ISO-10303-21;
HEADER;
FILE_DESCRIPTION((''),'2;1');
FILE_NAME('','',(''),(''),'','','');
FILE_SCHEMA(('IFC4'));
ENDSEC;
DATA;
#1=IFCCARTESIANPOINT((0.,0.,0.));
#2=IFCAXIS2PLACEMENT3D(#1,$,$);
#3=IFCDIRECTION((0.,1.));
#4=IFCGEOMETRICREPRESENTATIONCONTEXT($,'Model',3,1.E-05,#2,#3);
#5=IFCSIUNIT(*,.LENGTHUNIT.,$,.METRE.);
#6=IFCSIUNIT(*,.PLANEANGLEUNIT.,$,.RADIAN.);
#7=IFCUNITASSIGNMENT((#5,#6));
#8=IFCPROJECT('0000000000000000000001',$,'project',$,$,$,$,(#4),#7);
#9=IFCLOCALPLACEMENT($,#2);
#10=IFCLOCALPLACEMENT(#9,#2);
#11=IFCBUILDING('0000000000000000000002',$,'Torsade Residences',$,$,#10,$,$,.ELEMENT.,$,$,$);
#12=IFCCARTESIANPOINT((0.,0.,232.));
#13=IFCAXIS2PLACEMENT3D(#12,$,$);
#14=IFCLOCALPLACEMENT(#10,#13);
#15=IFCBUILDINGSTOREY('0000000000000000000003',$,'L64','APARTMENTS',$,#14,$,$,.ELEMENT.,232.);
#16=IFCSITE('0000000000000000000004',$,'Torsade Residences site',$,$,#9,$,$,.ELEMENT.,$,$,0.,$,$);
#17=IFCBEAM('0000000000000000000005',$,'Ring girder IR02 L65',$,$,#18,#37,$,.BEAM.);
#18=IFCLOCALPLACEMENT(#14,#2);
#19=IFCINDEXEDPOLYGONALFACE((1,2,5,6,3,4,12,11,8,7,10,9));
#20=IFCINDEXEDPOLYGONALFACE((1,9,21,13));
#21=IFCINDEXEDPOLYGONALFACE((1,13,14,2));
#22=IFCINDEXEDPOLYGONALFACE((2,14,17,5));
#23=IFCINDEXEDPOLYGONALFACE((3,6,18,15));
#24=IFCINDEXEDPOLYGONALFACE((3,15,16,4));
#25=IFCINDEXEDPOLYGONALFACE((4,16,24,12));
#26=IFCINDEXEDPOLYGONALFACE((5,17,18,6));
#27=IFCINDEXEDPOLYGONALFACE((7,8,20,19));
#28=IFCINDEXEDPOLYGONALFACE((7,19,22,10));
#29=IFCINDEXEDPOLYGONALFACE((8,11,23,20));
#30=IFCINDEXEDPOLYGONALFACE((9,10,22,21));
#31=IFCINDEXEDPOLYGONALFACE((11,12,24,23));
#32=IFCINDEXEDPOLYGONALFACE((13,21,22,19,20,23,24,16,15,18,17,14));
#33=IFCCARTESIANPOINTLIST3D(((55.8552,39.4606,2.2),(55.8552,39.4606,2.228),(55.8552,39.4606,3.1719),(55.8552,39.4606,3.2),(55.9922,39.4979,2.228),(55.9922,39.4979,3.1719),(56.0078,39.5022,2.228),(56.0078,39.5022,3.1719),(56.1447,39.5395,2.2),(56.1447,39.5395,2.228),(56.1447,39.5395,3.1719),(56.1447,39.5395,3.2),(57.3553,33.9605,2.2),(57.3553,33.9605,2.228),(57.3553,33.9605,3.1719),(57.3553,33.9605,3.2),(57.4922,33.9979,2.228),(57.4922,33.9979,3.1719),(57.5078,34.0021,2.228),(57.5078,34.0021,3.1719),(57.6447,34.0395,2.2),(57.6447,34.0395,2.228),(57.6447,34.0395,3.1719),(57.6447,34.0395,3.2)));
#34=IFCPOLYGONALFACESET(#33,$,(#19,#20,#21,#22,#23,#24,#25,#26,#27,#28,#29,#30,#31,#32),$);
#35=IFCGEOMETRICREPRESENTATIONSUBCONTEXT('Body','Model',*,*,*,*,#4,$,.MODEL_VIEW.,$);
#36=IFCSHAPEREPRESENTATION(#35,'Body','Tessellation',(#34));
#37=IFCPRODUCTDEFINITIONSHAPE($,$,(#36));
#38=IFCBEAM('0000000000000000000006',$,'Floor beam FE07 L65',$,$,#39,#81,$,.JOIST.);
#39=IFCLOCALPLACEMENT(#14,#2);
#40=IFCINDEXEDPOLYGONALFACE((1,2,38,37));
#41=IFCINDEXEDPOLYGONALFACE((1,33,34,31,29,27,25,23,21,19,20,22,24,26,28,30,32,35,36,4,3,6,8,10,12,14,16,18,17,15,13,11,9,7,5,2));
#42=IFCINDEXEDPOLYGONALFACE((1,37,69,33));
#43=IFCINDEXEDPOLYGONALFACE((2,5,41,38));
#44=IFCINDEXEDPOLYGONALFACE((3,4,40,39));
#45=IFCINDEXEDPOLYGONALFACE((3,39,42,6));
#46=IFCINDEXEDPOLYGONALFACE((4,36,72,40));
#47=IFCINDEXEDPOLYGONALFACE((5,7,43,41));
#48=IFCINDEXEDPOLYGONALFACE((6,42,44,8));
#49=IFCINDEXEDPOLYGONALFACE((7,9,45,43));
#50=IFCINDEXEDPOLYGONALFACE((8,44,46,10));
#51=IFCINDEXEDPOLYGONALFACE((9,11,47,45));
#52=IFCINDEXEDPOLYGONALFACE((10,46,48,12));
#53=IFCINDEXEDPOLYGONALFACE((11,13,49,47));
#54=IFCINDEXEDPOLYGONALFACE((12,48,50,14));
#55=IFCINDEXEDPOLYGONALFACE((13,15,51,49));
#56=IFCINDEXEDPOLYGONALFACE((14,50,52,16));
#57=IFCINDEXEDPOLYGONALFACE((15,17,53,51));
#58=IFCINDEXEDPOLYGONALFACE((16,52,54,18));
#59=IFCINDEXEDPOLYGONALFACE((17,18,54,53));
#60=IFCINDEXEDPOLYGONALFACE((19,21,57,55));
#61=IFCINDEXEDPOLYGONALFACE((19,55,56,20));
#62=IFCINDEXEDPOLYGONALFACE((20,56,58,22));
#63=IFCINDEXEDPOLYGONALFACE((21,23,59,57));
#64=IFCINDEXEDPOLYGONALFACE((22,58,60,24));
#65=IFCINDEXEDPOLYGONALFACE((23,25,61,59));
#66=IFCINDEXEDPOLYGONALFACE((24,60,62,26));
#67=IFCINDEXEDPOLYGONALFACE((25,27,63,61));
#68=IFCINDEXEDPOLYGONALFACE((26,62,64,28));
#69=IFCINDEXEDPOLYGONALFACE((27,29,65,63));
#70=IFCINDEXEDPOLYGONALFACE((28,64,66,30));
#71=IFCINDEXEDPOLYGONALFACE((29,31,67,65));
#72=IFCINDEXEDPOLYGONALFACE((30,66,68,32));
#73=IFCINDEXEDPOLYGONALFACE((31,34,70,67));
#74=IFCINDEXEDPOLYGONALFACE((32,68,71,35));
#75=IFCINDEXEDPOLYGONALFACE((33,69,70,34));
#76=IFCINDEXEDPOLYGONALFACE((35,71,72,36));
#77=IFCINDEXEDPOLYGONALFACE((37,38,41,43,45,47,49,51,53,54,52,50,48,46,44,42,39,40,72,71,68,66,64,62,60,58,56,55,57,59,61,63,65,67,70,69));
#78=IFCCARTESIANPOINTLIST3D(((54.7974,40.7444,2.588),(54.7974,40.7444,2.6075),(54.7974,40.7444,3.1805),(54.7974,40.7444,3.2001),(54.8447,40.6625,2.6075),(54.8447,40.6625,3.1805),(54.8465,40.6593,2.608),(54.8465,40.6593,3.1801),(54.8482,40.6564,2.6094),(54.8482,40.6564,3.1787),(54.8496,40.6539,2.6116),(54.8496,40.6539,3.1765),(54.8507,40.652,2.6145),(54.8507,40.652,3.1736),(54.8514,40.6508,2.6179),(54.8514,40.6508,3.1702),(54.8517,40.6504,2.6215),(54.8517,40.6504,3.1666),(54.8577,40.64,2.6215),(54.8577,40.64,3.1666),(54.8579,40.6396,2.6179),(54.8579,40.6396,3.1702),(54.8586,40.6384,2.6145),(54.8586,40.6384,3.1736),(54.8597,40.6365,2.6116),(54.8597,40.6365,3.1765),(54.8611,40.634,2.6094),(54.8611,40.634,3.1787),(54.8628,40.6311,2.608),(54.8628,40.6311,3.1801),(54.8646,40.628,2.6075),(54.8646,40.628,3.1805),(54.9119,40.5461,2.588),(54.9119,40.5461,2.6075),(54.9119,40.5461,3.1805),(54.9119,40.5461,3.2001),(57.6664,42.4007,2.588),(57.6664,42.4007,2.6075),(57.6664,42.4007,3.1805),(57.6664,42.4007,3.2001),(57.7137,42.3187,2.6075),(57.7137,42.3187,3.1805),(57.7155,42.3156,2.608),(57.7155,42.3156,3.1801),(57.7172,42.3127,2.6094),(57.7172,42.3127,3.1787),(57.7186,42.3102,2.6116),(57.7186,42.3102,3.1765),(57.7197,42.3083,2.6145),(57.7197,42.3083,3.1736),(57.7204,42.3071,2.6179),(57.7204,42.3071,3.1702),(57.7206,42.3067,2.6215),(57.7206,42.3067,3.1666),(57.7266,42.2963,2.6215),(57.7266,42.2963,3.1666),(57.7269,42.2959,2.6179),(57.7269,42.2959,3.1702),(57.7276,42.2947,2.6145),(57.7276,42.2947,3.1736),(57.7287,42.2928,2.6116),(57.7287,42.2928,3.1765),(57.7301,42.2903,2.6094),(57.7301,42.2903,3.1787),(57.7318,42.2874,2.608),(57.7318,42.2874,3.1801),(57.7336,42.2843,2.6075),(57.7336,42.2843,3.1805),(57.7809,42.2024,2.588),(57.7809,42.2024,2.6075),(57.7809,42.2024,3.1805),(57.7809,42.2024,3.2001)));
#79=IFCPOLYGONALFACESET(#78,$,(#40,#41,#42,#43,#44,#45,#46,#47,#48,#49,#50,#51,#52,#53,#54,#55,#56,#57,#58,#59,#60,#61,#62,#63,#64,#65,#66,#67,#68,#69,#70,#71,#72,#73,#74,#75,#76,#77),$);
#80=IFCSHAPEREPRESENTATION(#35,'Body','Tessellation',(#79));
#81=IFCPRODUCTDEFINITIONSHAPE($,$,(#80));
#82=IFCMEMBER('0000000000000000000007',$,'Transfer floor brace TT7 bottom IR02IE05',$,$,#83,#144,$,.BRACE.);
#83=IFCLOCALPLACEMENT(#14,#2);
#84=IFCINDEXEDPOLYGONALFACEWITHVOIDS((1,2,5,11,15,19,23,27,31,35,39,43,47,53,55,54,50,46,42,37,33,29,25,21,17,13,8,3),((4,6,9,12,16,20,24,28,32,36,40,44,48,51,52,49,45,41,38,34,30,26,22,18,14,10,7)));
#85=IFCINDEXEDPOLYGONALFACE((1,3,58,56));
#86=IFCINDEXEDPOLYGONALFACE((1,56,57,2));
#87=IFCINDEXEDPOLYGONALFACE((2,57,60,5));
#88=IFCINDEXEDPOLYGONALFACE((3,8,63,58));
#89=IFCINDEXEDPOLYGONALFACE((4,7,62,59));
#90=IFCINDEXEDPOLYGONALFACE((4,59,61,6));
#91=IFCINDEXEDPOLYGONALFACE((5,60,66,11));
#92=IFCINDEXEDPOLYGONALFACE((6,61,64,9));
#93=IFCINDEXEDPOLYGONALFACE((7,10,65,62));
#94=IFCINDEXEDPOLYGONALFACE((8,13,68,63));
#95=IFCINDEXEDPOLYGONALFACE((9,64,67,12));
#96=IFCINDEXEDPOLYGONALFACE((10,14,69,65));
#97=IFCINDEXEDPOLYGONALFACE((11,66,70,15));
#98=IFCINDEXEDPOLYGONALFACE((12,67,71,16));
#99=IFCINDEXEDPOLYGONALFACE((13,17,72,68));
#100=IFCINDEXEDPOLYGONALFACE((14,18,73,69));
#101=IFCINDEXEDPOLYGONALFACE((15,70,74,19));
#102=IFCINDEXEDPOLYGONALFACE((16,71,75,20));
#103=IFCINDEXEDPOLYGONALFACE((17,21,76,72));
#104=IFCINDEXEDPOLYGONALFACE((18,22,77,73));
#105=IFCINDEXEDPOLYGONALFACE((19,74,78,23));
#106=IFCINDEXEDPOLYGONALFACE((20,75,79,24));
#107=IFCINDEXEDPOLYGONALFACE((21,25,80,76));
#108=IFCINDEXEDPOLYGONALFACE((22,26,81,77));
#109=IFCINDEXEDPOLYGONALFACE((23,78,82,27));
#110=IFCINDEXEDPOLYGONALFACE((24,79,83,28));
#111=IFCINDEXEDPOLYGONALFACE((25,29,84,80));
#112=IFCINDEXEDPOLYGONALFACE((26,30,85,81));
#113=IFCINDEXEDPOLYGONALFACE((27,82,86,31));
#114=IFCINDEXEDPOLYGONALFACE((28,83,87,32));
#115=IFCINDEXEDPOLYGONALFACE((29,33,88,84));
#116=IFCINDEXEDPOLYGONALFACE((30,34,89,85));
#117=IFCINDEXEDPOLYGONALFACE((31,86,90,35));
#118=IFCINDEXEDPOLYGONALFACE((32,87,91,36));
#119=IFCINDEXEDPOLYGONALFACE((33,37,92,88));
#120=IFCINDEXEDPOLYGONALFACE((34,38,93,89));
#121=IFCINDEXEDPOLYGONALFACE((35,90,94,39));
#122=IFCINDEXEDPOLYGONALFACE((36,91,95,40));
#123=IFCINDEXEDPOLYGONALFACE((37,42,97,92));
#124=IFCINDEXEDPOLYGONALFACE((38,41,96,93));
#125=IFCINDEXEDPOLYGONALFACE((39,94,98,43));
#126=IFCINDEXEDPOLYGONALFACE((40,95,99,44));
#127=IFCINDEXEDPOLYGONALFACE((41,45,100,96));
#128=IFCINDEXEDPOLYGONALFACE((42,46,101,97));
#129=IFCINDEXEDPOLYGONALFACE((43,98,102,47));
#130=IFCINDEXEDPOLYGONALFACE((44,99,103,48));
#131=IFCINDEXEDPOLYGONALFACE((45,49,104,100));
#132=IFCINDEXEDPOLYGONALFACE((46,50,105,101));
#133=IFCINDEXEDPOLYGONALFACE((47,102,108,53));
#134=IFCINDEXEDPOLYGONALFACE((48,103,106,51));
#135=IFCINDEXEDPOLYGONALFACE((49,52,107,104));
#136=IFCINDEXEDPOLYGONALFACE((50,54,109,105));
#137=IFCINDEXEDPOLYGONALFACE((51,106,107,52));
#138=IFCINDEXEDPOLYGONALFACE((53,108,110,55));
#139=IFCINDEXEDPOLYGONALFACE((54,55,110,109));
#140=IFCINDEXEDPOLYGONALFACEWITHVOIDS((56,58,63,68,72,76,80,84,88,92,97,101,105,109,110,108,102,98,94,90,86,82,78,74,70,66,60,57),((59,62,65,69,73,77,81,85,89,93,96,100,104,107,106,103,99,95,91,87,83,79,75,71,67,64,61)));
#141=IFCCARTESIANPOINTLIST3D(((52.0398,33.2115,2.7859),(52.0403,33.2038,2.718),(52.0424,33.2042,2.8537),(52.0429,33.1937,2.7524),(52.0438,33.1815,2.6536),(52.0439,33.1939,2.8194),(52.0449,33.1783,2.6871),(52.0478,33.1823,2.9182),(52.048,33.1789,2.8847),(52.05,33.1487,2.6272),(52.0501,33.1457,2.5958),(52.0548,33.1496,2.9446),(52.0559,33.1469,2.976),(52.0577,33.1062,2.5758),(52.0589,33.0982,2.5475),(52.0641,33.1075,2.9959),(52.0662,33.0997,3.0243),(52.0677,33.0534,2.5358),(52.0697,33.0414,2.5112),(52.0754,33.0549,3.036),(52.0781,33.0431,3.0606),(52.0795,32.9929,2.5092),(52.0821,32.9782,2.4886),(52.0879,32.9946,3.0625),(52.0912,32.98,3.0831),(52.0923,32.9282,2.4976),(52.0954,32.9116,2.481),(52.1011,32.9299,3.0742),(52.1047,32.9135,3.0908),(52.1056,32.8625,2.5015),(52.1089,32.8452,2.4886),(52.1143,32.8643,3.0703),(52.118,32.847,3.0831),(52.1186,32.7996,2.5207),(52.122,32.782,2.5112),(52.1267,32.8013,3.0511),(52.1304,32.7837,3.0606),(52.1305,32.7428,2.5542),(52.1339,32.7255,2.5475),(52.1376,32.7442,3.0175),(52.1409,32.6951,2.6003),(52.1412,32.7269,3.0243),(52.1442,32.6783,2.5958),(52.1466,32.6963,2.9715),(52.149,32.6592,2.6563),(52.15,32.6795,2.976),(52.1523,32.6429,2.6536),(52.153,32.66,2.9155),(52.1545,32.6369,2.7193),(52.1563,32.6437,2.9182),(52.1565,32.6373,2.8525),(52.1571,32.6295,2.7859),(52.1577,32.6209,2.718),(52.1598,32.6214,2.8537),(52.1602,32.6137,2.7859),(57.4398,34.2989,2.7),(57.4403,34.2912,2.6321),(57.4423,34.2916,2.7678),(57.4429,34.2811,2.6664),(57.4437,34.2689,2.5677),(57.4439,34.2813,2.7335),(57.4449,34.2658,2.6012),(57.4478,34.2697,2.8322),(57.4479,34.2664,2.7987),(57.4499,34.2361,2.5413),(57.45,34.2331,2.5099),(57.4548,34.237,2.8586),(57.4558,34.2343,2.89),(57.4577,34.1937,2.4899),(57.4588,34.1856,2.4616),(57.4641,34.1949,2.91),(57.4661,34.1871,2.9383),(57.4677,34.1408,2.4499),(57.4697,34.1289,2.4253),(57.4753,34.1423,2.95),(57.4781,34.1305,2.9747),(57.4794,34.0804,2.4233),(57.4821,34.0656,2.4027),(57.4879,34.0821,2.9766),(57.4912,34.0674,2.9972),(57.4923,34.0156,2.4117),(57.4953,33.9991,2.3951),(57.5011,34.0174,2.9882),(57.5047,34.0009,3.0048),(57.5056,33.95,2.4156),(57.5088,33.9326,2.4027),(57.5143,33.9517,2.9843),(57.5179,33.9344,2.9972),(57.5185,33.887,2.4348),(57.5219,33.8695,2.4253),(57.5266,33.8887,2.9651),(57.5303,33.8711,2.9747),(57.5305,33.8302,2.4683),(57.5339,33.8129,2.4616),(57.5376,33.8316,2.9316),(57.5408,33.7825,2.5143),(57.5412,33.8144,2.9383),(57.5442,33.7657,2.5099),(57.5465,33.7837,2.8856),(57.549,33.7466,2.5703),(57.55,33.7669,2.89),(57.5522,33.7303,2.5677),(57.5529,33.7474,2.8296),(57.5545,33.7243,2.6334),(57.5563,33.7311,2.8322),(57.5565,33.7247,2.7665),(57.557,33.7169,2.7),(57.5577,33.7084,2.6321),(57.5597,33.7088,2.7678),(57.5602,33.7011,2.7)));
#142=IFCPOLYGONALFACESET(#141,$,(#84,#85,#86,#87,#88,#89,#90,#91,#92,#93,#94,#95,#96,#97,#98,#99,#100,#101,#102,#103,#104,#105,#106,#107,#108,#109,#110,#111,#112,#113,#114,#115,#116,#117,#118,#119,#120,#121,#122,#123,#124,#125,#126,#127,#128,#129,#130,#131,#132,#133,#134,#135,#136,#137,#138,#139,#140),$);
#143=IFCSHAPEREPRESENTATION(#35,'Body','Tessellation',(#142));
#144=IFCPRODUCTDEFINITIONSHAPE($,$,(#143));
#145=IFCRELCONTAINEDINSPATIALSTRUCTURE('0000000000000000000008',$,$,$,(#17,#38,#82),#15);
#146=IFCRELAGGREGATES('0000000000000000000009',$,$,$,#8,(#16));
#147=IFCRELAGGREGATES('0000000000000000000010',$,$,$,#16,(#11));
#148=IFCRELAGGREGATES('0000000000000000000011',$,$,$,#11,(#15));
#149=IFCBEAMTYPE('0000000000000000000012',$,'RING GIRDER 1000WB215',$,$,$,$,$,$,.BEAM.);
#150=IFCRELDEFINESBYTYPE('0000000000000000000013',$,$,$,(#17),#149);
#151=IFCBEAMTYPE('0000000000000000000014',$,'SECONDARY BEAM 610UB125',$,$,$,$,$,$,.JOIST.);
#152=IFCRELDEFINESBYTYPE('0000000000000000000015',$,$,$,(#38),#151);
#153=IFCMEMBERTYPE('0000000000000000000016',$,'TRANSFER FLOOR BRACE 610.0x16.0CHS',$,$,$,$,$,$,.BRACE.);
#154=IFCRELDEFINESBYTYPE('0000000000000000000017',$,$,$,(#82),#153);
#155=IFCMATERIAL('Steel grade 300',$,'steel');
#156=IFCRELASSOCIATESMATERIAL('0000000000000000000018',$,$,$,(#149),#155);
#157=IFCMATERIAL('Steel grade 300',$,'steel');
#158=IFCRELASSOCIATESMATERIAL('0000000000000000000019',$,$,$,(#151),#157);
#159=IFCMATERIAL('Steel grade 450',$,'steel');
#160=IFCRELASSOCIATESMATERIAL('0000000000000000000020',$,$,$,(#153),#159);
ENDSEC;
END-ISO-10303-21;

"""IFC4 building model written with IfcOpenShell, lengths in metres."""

from ifc_helpers import new_model, si_unit, direction, frame, origin, origin_2d, place, context, subcontext, project, spatial, hollow_circle, i_section, extrude, material, material_profile, profile_set, type_object, element, save


model = new_model("IFC4")

# Units and contexts
model_context = context("Model", 3, precision=1e-05, world=origin(), true_north=direction((0.0, 1.0)))
body_context = subcontext(model_context, "Body", "Model", "MODEL_VIEW")
ifc_project = project(units=[si_unit("LENGTHUNIT", "METRE"), si_unit("PLANEANGLEUNIT", "RADIAN")], contexts=[model_context])

# Site, building, storey
site_placement = place(None, origin())
site = spatial("IfcSite", under=ifc_project, at=site_placement, Name="Torsade Residences site", CompositionType="ELEMENT", RefElevation=0.0)
building_placement = place(site_placement, origin())
building = spatial("IfcBuilding", under=site, at=building_placement, Name="Torsade Residences", CompositionType="ELEMENT")
storey_placement = place(building_placement, frame((0.0, 0.0, 232.0)))
storey = spatial("IfcBuildingStorey", under=building, at=storey_placement, Name="L64", Description="APARTMENTS", CompositionType="ELEMENT", Elevation=232.0)

# Beams
ifc_material_1 = material(Name="Steel grade 300", Category="steel")
ifc_material_profile_1 = material_profile(ifc_material_1, i_section(OverallWidth=0.3, OverallDepth=1.0, WebThickness=0.0161, FlangeThickness=0.0281, at=origin_2d()), Name="1000WB215")
ifc_profile_set_1 = profile_set([ifc_material_profile_1], Name="Steel grade 300")
beam_type_1 = type_object("IfcBeamType", Name="RING GIRDER 1000WB215", PredefinedType="BEAM", material=ifc_profile_set_1)
beam_1_placement = place(storey_placement, frame((57.5, 34.0, 2.7), z_axis=(-0.263117, 0.964764, 0.0), x_axis=(-0.964764, -0.263117, 0.0)))
element("IfcBeam", 1, at=beam_1_placement, inside=storey, type_object=beam_type_1, Name="Ring girder IR02 L65", PredefinedType="BEAM", context=body_context, shape_type="SweptSolid", body=[
    extrude(i_section(OverallWidth=0.3, OverallDepth=1.0, WebThickness=0.0161, FlangeThickness=0.0281, at=origin_2d()), origin(), (0.0, 0.0, 1.0), 5.7009),
])
ifc_material_2 = material(Name="Steel grade 300", Category="steel")
ifc_material_profile_2 = material_profile(ifc_material_2, i_section(OverallWidth=0.229, OverallDepth=0.6121, WebThickness=0.012, FlangeThickness=0.0195, FilletRadius=0.0139, at=origin_2d()), Name="610UB125")
ifc_profile_set_2 = profile_set([ifc_material_profile_2], Name="Steel grade 300")
beam_type_2 = type_object("IfcBeamType", Name="SECONDARY BEAM 610UB125", PredefinedType="JOIST", material=ifc_profile_set_2)
beam_2_placement = place(storey_placement, frame((57.7236, 42.3015, 2.894), z_axis=(-0.86604, -0.499976, 0.0), x_axis=(0.499976, -0.86604, 0.0)))
element("IfcBeam", 2, at=beam_2_placement, inside=storey, type_object=beam_type_2, Name="Floor beam FE07 L65", PredefinedType="JOIST", context=body_context, shape_type="SweptSolid", body=[
    extrude(i_section(OverallWidth=0.229, OverallDepth=0.6121, WebThickness=0.012, FlangeThickness=0.0195, FilletRadius=0.0139, at=origin_2d()), origin(), (0.0, 0.0, 1.0), 3.3127),
])

# Member
ifc_material_3 = material(Name="Steel grade 450", Category="steel")
ifc_material_profile_3 = material_profile(ifc_material_3, hollow_circle(Radius=0.3049, WallThickness=0.0161, at=origin_2d()), Name="610.0x16.0CHS")
ifc_profile_set_3 = profile_set([ifc_material_profile_3], Name="Steel grade 450")
member_type = type_object("IfcMemberType", Name="TRANSFER FLOOR BRACE 610.0x16.0CHS", PredefinedType="BRACE", material=ifc_profile_set_3)
member_1_placement = place(storey_placement, frame((57.5, 34.0, 2.7), z_axis=(-0.980201, -0.197388, 0.0156), x_axis=(0.197412, -0.980321, 0.0)))
element("IfcMember", 3, at=member_1_placement, inside=storey, type_object=member_type, Name="Transfer floor brace TT7 bottom IR02IE05", PredefinedType="BRACE", context=body_context, shape_type="SweptSolid", body=[
    extrude(hollow_circle(Radius=0.3049, WallThickness=0.0161, at=origin_2d()), origin(), (0.0, 0.0, 1.0), 5.509),
])

save(model, "model.ifc")
